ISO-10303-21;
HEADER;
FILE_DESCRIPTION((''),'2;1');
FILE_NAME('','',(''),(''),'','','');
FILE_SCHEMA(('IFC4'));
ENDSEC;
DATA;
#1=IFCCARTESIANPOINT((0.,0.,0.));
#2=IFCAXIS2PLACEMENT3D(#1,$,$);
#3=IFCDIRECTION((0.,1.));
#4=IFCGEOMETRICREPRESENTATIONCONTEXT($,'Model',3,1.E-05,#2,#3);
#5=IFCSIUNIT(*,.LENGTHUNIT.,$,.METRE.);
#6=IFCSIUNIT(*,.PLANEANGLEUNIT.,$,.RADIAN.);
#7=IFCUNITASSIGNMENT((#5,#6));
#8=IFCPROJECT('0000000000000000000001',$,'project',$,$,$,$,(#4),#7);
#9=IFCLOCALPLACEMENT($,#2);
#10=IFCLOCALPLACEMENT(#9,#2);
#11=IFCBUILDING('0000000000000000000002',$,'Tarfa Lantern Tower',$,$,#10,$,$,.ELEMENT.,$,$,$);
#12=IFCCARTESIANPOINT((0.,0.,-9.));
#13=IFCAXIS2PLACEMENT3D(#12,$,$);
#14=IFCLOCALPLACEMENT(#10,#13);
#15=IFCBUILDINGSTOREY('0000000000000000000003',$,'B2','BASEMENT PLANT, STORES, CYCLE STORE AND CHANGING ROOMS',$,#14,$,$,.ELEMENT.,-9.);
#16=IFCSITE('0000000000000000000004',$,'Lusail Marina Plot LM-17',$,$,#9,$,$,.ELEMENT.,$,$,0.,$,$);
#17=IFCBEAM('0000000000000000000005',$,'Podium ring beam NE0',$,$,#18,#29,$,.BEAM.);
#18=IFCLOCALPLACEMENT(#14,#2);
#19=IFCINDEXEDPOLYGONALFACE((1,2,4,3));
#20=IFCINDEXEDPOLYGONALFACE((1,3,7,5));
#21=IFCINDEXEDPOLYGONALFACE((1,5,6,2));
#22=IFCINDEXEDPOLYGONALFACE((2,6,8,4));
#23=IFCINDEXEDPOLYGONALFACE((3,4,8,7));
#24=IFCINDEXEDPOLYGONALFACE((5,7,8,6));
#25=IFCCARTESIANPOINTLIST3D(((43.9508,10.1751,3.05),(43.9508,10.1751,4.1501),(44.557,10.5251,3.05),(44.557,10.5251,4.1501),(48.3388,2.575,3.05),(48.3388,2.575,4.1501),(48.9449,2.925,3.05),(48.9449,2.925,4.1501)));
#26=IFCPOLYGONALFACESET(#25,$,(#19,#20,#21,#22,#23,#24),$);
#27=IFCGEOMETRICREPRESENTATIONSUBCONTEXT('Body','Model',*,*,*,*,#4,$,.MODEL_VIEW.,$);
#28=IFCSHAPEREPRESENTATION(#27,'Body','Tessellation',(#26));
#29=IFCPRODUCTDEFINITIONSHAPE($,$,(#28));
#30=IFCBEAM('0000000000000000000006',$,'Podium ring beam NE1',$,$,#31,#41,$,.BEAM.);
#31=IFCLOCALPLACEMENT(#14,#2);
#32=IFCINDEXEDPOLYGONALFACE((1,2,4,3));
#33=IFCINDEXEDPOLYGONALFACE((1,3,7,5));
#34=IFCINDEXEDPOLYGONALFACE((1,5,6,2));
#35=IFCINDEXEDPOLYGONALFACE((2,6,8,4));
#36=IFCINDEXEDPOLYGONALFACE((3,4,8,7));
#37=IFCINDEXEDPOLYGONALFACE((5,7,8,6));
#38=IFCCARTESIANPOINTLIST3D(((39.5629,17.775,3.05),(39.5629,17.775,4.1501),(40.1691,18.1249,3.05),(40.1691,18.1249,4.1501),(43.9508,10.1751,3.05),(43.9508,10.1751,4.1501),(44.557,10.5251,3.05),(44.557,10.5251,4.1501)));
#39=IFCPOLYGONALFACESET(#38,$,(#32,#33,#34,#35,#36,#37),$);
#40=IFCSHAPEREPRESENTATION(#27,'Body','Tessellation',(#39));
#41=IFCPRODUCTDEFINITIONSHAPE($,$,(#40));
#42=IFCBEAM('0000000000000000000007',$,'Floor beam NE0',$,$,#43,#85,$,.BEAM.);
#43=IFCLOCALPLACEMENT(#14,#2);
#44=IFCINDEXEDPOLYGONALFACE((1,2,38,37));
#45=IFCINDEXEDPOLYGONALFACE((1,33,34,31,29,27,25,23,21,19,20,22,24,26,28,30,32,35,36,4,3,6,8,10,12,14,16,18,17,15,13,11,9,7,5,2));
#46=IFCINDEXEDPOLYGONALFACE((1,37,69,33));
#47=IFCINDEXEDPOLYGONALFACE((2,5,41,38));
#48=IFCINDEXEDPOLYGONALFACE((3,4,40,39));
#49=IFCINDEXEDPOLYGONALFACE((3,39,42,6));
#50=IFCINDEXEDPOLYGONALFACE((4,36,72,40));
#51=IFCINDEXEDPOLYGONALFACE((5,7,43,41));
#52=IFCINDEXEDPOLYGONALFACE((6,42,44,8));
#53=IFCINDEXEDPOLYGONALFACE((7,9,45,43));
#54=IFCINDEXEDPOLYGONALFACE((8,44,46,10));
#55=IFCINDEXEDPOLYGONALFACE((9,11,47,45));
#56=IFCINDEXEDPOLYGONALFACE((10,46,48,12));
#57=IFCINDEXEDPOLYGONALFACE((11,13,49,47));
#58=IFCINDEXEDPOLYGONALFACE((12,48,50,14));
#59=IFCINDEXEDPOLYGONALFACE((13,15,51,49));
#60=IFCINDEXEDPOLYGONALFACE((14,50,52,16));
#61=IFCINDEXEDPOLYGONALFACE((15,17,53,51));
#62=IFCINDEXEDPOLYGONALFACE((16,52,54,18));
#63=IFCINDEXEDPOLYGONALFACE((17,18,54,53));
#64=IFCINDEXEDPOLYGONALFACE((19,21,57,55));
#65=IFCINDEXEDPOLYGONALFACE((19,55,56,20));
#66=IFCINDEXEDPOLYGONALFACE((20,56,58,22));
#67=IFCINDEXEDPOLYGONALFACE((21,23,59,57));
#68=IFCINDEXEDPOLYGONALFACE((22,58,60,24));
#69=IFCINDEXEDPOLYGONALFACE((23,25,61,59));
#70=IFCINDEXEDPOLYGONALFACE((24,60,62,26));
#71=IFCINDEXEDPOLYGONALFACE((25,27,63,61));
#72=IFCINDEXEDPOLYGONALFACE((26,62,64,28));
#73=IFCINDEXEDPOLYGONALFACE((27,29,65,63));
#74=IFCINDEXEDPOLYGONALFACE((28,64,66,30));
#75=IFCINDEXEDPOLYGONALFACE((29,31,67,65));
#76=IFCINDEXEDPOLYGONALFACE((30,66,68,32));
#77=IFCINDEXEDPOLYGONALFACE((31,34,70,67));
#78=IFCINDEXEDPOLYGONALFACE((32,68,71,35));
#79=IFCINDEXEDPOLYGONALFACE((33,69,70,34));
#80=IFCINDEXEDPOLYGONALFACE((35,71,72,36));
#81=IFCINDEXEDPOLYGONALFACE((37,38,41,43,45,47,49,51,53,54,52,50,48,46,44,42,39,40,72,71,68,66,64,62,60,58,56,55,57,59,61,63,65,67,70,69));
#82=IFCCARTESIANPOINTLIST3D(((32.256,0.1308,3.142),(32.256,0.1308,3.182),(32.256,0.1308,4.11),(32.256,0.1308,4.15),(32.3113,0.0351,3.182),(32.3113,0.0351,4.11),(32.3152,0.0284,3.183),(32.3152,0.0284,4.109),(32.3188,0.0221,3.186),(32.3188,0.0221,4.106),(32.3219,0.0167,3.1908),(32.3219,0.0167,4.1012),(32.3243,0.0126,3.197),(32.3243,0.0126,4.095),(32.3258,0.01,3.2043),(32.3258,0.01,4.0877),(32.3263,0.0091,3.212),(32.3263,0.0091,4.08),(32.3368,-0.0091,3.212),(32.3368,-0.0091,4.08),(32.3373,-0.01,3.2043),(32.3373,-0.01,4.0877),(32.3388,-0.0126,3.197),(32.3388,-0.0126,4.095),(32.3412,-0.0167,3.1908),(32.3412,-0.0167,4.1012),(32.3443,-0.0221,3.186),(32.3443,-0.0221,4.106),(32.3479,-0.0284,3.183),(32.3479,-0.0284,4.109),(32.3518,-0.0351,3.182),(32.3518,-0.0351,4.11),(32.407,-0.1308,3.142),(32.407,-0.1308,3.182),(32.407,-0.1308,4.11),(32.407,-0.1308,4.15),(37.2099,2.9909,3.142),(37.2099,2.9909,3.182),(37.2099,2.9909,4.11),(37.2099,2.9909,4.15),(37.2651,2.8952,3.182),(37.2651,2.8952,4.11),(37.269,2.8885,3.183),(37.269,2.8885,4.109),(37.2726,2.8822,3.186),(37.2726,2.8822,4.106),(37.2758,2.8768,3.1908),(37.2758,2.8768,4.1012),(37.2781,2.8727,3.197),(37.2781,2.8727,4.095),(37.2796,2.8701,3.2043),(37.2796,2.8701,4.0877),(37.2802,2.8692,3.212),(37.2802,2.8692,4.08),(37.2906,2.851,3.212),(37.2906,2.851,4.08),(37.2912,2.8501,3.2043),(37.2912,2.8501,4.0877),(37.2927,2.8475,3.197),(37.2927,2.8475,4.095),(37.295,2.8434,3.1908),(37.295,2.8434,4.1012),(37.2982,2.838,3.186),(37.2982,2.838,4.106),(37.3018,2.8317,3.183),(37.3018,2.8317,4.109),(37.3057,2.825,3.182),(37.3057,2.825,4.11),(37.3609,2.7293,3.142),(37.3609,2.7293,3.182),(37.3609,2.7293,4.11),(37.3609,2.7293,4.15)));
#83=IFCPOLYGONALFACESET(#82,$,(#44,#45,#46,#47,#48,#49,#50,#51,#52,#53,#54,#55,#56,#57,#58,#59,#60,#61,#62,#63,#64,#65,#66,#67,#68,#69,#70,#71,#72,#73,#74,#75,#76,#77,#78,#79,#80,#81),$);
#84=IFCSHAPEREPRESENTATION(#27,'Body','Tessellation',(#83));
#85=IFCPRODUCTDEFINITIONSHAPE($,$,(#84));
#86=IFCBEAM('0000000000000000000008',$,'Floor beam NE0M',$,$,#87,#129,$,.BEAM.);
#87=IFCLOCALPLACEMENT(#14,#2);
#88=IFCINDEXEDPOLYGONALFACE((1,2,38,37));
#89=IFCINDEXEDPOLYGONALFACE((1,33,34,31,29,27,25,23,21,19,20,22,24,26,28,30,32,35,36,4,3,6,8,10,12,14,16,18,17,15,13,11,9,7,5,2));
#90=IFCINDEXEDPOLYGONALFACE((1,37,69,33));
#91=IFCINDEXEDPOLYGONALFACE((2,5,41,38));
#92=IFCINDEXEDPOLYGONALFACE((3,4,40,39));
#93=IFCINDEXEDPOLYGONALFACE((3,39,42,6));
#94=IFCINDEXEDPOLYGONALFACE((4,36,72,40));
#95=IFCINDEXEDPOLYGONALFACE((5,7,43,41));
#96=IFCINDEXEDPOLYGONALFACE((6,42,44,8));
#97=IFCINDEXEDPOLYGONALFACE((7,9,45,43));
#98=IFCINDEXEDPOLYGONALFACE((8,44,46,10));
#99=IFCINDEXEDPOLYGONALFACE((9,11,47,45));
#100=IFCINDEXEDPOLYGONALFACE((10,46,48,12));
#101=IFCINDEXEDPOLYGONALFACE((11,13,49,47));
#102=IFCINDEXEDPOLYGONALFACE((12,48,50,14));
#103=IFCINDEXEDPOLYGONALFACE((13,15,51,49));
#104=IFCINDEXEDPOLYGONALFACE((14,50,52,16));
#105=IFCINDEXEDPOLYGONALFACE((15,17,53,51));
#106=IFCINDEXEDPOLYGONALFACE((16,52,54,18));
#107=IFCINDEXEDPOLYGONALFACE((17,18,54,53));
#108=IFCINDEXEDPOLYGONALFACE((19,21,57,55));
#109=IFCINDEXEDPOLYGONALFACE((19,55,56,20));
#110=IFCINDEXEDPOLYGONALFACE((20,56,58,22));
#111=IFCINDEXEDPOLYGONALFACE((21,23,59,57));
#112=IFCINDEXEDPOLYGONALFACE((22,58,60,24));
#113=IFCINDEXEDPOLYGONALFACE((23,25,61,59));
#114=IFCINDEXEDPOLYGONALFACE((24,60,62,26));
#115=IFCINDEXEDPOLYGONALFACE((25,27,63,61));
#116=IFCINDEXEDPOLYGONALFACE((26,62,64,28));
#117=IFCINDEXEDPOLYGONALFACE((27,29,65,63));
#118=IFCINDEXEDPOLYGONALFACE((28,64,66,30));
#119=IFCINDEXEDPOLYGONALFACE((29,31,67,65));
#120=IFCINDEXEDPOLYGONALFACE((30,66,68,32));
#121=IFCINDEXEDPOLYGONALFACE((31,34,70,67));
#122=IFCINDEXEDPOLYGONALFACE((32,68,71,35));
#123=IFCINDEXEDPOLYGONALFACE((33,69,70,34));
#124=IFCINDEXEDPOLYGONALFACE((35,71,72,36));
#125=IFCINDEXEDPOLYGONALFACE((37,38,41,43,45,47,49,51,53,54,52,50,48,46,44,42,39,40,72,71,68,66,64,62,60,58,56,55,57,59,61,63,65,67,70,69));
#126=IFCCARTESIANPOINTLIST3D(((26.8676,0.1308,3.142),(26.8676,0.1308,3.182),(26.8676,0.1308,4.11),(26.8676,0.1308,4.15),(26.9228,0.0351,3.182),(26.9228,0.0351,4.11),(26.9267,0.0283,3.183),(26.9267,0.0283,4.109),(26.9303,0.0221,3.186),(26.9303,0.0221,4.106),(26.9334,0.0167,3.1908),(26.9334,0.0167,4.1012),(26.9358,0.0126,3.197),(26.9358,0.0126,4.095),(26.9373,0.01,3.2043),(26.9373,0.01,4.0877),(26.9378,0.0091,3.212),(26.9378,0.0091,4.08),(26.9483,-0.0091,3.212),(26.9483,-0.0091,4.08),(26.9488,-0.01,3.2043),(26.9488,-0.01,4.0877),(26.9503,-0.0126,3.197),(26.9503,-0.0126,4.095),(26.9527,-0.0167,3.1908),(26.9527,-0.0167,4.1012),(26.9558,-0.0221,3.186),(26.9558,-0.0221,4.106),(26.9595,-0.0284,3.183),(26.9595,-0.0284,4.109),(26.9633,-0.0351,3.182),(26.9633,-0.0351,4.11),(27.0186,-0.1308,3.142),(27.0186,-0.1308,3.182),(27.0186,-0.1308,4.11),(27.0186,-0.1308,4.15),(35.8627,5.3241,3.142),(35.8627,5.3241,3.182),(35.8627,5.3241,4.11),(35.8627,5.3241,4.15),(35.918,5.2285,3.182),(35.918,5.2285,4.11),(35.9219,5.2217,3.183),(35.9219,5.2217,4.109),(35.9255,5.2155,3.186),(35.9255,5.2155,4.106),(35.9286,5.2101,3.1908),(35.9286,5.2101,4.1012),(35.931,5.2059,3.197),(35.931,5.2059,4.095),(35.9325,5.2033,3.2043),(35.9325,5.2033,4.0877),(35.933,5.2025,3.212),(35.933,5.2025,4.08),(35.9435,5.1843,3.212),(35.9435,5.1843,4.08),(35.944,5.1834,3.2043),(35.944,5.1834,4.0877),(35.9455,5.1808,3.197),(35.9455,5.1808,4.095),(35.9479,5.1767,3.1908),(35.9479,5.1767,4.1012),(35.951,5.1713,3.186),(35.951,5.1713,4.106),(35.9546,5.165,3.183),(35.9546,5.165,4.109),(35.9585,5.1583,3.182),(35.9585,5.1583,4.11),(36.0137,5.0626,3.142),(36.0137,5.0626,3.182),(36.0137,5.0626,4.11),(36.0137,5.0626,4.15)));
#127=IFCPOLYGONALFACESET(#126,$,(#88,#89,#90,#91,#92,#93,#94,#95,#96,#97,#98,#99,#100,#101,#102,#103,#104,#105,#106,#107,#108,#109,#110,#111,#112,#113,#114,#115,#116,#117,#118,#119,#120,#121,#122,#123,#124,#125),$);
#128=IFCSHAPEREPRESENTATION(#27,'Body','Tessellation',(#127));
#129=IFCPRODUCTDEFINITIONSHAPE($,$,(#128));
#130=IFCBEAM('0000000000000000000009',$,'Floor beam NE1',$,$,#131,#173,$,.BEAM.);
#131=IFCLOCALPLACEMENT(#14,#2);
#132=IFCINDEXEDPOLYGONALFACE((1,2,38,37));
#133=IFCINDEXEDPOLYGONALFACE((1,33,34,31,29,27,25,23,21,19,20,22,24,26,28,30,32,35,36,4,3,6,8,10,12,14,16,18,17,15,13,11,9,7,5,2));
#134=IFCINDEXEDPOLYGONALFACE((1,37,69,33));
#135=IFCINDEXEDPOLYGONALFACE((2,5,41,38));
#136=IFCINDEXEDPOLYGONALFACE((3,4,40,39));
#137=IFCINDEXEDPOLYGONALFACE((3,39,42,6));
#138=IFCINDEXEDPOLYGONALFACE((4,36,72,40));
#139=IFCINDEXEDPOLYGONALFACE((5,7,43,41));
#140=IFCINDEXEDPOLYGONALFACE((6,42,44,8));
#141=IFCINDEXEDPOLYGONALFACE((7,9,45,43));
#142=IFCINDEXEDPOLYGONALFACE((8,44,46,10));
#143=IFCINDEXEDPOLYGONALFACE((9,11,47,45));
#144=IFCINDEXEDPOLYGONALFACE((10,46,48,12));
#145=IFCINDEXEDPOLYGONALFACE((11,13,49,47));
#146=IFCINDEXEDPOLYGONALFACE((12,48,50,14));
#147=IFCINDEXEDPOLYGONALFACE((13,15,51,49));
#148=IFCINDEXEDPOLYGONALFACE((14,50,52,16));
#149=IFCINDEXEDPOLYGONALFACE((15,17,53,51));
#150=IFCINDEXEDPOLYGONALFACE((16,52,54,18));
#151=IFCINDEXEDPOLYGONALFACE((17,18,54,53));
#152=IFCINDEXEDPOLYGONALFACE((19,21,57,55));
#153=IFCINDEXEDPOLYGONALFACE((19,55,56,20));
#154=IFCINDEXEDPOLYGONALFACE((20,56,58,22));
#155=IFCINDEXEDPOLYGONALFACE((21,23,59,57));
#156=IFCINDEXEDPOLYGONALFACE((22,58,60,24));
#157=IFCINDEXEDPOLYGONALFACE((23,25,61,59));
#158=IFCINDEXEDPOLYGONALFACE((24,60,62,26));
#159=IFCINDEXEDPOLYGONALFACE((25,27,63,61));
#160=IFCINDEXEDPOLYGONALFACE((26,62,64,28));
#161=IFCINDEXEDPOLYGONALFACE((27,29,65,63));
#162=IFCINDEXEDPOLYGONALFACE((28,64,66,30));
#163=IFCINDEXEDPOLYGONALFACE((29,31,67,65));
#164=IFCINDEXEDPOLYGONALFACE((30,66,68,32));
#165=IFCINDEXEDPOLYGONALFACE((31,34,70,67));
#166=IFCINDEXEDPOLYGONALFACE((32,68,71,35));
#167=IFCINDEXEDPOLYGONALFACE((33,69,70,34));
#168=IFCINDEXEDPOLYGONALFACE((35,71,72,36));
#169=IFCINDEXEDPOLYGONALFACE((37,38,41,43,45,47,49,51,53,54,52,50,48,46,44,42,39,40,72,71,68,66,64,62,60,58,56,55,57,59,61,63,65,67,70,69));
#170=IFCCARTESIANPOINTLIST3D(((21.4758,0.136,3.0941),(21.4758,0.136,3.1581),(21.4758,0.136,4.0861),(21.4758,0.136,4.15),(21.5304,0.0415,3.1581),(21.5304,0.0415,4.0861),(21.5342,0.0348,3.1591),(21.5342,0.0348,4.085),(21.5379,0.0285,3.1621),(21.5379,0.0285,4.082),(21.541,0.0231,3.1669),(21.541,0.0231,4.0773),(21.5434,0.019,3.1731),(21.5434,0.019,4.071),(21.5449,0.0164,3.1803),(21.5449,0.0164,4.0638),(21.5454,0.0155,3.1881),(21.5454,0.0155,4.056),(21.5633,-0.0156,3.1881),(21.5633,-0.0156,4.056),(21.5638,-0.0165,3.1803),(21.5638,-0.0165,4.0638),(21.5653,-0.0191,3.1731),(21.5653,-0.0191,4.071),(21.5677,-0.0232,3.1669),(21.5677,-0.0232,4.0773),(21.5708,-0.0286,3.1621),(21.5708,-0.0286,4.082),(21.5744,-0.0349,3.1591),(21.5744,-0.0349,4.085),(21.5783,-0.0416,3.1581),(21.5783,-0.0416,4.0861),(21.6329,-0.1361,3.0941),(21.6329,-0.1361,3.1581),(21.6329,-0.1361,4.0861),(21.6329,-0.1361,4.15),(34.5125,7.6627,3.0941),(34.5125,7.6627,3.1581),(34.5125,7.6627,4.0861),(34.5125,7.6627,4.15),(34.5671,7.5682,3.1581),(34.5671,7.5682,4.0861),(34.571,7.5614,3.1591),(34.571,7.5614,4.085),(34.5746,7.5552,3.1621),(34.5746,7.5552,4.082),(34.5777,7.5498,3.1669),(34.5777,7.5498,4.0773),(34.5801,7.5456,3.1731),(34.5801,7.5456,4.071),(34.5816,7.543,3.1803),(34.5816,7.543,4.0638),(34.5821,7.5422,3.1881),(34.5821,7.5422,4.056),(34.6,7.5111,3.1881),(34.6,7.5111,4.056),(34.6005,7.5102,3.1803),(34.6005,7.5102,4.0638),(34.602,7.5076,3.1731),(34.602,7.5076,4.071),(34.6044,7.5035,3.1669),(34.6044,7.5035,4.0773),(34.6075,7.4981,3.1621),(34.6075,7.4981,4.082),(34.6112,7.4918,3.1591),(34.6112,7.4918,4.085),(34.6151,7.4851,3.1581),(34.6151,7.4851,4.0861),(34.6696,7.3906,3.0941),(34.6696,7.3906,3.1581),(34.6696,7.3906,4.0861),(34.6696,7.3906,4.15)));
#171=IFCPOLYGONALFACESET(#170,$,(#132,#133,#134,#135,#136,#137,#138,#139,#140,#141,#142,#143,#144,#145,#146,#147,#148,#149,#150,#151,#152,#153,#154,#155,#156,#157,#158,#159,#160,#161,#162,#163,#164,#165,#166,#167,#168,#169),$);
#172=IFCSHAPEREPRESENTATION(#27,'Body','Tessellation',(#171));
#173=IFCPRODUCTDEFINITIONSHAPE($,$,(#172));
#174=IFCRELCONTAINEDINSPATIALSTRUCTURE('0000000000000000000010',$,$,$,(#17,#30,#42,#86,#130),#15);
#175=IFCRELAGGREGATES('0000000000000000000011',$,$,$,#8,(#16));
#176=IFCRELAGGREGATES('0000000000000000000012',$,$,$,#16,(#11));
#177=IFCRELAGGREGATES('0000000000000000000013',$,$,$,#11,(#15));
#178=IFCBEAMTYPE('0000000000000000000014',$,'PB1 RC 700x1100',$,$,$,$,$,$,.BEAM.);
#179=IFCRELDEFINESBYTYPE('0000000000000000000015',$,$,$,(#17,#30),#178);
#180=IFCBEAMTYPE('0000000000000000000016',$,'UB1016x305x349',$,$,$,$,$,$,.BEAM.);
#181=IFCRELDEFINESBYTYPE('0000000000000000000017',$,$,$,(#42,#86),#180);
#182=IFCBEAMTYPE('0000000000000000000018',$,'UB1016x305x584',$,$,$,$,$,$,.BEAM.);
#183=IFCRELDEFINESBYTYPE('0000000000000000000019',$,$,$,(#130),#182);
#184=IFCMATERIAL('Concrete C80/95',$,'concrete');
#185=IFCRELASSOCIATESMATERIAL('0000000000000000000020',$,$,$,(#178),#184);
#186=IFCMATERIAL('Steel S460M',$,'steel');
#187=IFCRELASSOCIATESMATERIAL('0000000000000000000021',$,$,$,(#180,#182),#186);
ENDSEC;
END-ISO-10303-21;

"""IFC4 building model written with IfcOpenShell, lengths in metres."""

from ifc_helpers import new_model, si_unit, direction, frame, origin, origin_2d, place, context, subcontext, project, spatial, rectangle, i_section, extrude, material, material_profile, profile_set, type_object, element, save


model = new_model("IFC4")

# Units and contexts
model_context = context("Model", 3, precision=1e-05, world=origin(), true_north=direction((0.0, 1.0)))
body_context = subcontext(model_context, "Body", "Model", "MODEL_VIEW")
ifc_project = project(units=[si_unit("LENGTHUNIT", "METRE"), si_unit("PLANEANGLEUNIT", "RADIAN")], contexts=[model_context])

# Site, building, storey
site_placement = place(None, origin())
site = spatial("IfcSite", under=ifc_project, at=site_placement, Name="Lusail Marina Plot LM-17", CompositionType="ELEMENT", RefElevation=0.0)
building_placement = place(site_placement, origin())
building = spatial("IfcBuilding", under=site, at=building_placement, Name="Tarfa Lantern Tower", CompositionType="ELEMENT")
storey_placement = place(building_placement, frame((0.0, 0.0, -9.0)))
storey = spatial("IfcBuildingStorey", under=building, at=storey_placement, Name="B2", Description="BASEMENT PLANT, STORES, CYCLE STORE AND CHANGING ROOMS", CompositionType="ELEMENT", Elevation=-9.0)

# Shared definitions
ifc_material_1 = material(Name="Concrete C80/95", Category="concrete")

# Beams
ifc_material_profile_1 = material_profile(ifc_material_1, rectangle(XDim=0.7, YDim=1.1001, at=origin_2d()), Name="RC 700x1100")
ifc_profile_set_1 = profile_set([ifc_material_profile_1], Name="Concrete C80/95")
beam_type_1 = type_object("IfcBeamType", Name="PB1 RC 700x1100", PredefinedType="BEAM", material=ifc_profile_set_1)
beam_1_placement = place(storey_placement, frame((48.6418, 2.75, 3.6001), z_axis=(-0.500002, 0.866024, 0.0), x_axis=(-0.866024, -0.500002, 0.0)))
element("IfcBeam", 1, at=beam_1_placement, inside=storey, type_object=beam_type_1, Name="Podium ring beam NE0", PredefinedType="BEAM", context=body_context, shape_type="SweptSolid", body=[
    extrude(rectangle(XDim=0.7, YDim=1.1001, at=origin_2d()), origin(), (0.0, 0.0, 1.0), 8.7759),
])
beam_2_placement = place(storey_placement, frame((44.2539, 10.3501, 3.6001), z_axis=(-0.500014, 0.866017, 0.0), x_axis=(-0.866017, -0.500014, 0.0)))
element("IfcBeam", 2, at=beam_2_placement, inside=storey, type_object=beam_type_1, Name="Podium ring beam NE1", PredefinedType="BEAM", context=body_context, shape_type="SweptSolid", body=[
    extrude(rectangle(XDim=0.7, YDim=1.1001, at=origin_2d()), origin(), (0.0, 0.0, 1.0), 8.7756),
])
ifc_material_2 = material(Name="Steel S460M", Category="steel")
ifc_material_profile_2 = material_profile(ifc_material_2, i_section(OverallWidth=0.302, OverallDepth=1.0081, WebThickness=0.021, FlangeThickness=0.04, FilletRadius=0.03, at=origin_2d()), Name="UB1016x305x349")
ifc_profile_set_2 = profile_set([ifc_material_profile_2], Name="Steel S460M")
beam_type_2 = type_object("IfcBeamType", Name="UB1016x305x349", PredefinedType="BEAM", material=ifc_profile_set_2)
beam_3_placement = place(storey_placement, frame((37.2854, 2.8601, 3.646), z_axis=(-0.866026, -0.5, 0.0), x_axis=(0.5, -0.866026, 0.0)))
element("IfcBeam", 3, at=beam_3_placement, inside=storey, type_object=beam_type_2, Name="Floor beam NE0", PredefinedType="BEAM", context=body_context, shape_type="SweptSolid", body=[
    extrude(i_section(OverallWidth=0.302, OverallDepth=1.0081, WebThickness=0.021, FlangeThickness=0.04, FilletRadius=0.03, at=origin_2d()), origin(), (0.0, 0.0, 1.0), 5.7202),
])
beam_4_placement = place(storey_placement, frame((35.9382, 5.1934, 3.646), z_axis=(-0.866024, -0.500002, 0.0), x_axis=(0.500002, -0.866024, 0.0)))
element("IfcBeam", 4, at=beam_4_placement, inside=storey, type_object=beam_type_2, Name="Floor beam NE0M", PredefinedType="BEAM", context=body_context, shape_type="SweptSolid", body=[
    extrude(i_section(OverallWidth=0.302, OverallDepth=1.0081, WebThickness=0.021, FlangeThickness=0.04, FilletRadius=0.03, at=origin_2d()), origin(), (0.0, 0.0, 1.0), 10.3867),
])
ifc_material_profile_3 = material_profile(ifc_material_2, i_section(OverallWidth=0.3142, OverallDepth=1.0559, WebThickness=0.0359, FlangeThickness=0.064, FilletRadius=0.03, at=origin_2d()), Name="UB1016x305x584")
ifc_profile_set_3 = profile_set([ifc_material_profile_3], Name="Steel S460M")
beam_type_3 = type_object("IfcBeamType", Name="UB1016x305x584", PredefinedType="BEAM", material=ifc_profile_set_3)
beam_5_placement = place(storey_placement, frame((34.5911, 7.5266, 3.6221), z_axis=(-0.866028, -0.499996, 0.0), x_axis=(0.499996, -0.866028, 0.0)))
element("IfcBeam", 5, at=beam_5_placement, inside=storey, type_object=beam_type_3, Name="Floor beam NE1", PredefinedType="BEAM", context=body_context, shape_type="SweptSolid", body=[
    extrude(i_section(OverallWidth=0.3142, OverallDepth=1.0559, WebThickness=0.0359, FlangeThickness=0.064, FilletRadius=0.03, at=origin_2d()), origin(), (0.0, 0.0, 1.0), 15.0535),
])

save(model, "model.ifc")
